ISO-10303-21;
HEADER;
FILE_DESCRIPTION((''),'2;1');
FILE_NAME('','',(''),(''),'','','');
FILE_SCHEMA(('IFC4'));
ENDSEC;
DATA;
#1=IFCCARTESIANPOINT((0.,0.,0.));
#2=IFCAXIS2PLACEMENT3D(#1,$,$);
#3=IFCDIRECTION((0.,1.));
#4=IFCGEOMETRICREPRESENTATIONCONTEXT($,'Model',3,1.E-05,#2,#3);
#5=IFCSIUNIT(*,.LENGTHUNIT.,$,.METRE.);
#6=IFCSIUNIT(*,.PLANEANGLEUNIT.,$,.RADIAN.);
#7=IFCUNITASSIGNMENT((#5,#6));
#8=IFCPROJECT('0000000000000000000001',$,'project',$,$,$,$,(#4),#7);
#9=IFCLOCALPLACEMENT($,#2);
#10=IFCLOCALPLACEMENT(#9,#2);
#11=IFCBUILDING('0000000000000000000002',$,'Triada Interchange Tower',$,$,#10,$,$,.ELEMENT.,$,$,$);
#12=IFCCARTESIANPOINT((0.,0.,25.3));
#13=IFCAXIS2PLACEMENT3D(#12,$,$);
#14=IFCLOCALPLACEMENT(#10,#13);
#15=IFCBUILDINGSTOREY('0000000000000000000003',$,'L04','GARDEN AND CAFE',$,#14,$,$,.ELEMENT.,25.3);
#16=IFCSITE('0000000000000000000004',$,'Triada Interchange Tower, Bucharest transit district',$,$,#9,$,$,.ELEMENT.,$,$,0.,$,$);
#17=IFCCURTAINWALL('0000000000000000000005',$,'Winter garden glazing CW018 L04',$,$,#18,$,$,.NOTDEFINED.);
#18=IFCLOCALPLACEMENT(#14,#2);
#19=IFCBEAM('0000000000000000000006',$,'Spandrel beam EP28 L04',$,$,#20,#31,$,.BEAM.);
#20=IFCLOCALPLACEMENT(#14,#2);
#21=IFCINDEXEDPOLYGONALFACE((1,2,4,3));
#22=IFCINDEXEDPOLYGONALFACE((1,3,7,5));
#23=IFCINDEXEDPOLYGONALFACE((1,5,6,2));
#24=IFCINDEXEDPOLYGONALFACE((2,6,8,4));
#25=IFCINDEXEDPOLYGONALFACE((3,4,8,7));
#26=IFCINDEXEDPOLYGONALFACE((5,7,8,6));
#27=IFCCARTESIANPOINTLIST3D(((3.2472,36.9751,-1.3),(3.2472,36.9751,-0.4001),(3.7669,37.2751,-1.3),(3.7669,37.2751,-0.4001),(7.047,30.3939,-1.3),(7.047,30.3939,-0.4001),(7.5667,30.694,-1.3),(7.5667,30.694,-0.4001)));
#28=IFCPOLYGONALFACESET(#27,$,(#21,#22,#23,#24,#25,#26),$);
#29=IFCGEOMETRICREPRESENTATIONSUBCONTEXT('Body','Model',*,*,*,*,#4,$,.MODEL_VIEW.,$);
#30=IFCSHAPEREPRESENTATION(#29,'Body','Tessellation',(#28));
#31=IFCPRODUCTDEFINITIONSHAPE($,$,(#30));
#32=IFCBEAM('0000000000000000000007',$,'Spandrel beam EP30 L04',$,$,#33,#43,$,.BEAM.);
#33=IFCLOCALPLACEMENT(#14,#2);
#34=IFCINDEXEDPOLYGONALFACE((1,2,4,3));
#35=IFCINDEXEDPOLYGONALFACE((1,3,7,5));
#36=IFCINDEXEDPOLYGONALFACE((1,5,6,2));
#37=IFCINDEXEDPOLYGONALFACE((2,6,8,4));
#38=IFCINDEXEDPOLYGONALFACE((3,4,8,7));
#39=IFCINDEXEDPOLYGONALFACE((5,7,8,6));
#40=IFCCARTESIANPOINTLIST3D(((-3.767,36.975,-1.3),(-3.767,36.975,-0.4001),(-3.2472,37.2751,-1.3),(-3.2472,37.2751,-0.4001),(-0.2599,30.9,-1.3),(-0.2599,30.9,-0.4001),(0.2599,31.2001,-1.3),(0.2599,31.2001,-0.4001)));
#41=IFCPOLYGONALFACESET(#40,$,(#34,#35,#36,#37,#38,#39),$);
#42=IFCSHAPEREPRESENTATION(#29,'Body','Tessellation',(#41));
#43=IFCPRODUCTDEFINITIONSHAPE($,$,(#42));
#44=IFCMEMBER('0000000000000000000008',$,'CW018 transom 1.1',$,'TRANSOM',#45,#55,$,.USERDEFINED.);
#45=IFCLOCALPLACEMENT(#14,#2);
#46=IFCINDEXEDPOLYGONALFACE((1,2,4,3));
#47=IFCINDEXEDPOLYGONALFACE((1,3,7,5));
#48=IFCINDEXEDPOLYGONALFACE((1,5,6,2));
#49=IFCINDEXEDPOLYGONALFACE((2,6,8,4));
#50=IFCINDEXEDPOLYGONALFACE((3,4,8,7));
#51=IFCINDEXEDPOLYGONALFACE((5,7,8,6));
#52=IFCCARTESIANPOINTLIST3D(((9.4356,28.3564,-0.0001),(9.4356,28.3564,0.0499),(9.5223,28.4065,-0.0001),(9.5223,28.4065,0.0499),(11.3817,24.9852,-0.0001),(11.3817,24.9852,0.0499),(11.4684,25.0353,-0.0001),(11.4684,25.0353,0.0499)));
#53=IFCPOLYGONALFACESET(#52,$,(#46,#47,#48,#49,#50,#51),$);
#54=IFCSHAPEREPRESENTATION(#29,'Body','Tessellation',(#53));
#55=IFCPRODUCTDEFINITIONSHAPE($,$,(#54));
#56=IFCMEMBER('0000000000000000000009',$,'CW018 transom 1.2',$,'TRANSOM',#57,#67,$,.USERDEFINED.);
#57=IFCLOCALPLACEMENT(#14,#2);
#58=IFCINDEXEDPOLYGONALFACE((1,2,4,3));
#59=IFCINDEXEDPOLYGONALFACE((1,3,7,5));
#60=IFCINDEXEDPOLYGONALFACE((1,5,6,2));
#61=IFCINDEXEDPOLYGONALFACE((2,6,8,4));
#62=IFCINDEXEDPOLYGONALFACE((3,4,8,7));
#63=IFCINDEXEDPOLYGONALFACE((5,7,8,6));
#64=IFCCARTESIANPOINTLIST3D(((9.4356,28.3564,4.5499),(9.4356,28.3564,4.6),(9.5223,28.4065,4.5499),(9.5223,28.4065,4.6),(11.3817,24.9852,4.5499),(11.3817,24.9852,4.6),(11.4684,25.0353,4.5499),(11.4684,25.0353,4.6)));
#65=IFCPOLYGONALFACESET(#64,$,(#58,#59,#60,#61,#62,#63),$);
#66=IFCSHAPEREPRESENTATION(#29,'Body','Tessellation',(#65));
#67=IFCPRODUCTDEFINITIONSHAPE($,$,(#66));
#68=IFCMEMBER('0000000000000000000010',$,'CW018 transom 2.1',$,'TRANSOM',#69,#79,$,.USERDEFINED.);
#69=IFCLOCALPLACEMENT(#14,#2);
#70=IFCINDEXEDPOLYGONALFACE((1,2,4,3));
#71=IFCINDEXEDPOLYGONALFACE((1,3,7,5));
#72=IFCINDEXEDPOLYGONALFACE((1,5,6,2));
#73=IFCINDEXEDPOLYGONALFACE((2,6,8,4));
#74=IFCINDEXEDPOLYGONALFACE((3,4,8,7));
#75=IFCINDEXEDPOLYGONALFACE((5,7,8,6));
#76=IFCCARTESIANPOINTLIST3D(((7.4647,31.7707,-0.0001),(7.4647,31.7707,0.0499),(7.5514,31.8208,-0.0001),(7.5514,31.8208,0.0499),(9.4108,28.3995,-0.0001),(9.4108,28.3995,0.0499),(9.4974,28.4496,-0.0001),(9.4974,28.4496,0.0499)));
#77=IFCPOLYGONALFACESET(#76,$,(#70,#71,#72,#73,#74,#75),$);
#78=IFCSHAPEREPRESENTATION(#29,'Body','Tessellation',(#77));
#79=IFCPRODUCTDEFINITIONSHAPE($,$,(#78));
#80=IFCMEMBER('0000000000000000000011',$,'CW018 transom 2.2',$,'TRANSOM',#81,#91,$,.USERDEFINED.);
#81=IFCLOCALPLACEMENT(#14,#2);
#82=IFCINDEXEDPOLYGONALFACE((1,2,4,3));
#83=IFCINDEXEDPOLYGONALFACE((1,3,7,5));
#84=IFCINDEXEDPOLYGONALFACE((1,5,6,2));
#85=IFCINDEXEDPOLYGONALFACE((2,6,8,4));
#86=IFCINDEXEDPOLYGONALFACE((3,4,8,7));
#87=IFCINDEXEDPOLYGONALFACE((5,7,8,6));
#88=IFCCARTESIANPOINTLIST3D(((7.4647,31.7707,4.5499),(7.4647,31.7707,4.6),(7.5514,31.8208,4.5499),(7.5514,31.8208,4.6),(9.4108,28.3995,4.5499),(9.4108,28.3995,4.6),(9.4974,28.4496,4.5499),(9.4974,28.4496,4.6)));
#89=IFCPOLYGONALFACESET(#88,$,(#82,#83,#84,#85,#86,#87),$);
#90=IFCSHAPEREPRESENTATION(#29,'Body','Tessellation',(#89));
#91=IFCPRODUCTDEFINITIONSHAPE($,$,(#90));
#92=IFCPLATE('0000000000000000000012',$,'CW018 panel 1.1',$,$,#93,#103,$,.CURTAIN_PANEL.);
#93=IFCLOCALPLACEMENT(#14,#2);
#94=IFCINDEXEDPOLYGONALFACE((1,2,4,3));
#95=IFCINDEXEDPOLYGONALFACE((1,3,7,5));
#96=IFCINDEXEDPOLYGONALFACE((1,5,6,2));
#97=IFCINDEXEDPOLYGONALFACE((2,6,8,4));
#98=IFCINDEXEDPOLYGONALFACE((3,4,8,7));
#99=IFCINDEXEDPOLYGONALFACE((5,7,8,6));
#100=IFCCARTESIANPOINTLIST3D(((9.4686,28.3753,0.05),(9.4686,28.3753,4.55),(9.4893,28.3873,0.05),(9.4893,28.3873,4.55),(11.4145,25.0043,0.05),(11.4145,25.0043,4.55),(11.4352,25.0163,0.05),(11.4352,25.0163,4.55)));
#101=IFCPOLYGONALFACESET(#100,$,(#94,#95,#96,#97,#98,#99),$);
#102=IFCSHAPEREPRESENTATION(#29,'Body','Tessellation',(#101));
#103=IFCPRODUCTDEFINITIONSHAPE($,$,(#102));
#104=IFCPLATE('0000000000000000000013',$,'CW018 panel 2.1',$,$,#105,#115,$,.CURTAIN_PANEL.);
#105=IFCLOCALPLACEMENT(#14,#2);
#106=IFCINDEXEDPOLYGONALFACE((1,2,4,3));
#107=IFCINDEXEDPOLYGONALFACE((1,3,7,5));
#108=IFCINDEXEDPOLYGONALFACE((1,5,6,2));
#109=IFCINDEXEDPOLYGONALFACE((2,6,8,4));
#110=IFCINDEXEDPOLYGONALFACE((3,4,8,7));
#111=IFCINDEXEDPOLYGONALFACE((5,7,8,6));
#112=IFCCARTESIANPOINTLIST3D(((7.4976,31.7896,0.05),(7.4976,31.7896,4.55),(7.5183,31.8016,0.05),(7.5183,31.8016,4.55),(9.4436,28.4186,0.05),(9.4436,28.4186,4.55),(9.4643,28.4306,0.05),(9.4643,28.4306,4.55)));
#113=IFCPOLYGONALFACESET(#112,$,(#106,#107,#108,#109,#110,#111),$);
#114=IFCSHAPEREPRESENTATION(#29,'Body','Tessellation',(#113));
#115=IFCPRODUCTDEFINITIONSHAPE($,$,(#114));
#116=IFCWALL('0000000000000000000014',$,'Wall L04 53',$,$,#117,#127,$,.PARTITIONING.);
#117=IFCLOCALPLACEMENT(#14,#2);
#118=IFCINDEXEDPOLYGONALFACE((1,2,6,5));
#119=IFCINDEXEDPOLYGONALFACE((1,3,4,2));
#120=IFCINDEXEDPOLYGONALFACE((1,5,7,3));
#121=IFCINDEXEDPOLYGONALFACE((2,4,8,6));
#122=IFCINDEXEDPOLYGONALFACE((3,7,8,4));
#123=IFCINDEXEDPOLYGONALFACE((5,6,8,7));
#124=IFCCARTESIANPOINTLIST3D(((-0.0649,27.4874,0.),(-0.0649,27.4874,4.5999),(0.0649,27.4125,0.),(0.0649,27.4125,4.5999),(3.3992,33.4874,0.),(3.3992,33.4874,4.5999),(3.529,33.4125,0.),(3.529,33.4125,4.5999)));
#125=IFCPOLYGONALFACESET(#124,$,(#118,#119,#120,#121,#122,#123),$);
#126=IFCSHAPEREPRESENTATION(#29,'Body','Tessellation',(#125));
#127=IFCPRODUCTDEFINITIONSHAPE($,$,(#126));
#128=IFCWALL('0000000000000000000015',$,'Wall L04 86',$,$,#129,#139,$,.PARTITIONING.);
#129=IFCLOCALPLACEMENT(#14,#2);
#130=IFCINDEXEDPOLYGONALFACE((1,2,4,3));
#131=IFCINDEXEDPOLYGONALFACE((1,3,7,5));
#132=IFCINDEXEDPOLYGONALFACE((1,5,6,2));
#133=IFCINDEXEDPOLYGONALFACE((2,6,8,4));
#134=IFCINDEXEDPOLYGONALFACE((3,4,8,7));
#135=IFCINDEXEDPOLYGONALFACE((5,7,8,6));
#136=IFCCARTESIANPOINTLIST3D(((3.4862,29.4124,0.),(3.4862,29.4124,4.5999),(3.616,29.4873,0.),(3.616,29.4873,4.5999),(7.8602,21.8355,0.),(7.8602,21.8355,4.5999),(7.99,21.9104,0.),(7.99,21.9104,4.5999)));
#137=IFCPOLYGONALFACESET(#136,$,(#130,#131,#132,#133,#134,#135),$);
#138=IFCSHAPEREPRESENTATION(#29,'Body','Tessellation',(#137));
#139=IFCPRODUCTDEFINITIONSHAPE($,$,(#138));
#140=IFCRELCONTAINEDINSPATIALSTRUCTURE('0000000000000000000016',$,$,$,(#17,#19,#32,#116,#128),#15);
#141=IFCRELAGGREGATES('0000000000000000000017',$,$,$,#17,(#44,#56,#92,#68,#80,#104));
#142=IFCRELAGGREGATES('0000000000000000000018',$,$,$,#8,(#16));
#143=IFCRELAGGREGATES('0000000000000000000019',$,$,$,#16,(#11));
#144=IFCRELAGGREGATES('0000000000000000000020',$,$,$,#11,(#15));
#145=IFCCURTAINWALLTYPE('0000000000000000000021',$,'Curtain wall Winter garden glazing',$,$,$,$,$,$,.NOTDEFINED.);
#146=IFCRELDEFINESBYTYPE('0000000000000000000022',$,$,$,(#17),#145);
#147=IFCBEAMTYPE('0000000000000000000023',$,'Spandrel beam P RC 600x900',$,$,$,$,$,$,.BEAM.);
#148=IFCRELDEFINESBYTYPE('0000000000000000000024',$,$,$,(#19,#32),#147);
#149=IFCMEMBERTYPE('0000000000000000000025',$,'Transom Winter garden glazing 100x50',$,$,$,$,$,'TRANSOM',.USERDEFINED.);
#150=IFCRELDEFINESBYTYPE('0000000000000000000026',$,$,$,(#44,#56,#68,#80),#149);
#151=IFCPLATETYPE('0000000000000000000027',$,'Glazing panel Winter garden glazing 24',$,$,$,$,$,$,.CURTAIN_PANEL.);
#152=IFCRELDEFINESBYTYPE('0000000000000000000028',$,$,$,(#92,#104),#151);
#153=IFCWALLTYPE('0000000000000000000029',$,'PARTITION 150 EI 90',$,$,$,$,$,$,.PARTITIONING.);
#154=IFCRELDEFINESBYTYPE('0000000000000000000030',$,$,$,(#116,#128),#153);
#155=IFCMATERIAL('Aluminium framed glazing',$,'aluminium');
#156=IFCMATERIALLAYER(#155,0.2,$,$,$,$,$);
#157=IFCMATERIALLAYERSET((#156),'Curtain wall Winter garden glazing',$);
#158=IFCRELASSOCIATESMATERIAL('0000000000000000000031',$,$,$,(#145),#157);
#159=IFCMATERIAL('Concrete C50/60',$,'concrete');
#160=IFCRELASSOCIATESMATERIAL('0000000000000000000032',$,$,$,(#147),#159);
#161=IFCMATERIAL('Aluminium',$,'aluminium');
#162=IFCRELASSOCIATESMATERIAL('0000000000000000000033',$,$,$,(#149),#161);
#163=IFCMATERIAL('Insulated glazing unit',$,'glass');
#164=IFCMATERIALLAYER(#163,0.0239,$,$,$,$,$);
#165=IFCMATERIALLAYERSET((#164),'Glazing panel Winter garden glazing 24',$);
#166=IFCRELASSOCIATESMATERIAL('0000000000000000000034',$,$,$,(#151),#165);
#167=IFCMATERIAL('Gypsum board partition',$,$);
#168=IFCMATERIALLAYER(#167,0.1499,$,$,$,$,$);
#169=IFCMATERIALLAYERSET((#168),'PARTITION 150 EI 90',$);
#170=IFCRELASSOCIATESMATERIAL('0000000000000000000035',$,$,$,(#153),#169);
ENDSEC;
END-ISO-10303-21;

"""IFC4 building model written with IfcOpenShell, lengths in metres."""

from ifc_helpers import new_model, si_unit, direction, frame, frame_2d, origin, origin_2d, place, context, subcontext, project, spatial, rectangle, extrude, material, layer, layer_set, material_profile, profile_set, type_object, element, aggregate, save


model = new_model("IFC4")

# Units and contexts
model_context = context("Model", 3, precision=1e-05, world=origin(), true_north=direction((0.0, 1.0)))
body_context = subcontext(model_context, "Body", "Model", "MODEL_VIEW")
ifc_project = project(units=[si_unit("LENGTHUNIT", "METRE"), si_unit("PLANEANGLEUNIT", "RADIAN")], contexts=[model_context])

# Site, building, storey
site_placement = place(None, origin())
site = spatial("IfcSite", under=ifc_project, at=site_placement, Name="Triada Interchange Tower, Bucharest transit district", CompositionType="ELEMENT", RefElevation=0.0)
building_placement = place(site_placement, origin())
building = spatial("IfcBuilding", under=site, at=building_placement, Name="Triada Interchange Tower", CompositionType="ELEMENT")
storey_placement = place(building_placement, frame((0.0, 0.0, 25.3)))
storey = spatial("IfcBuildingStorey", under=building, at=storey_placement, Name="L04", Description="GARDEN AND CAFE", CompositionType="ELEMENT", Elevation=25.3)

# Shared definitions
ifc_material_1 = material(Name="Aluminium framed glazing", Category="aluminium")
ifc_layer_1 = layer(ifc_material_1, 0.2)
ifc_layer_set_1 = layer_set([ifc_layer_1], Name="Curtain wall Winter garden glazing")
curtain_wall_type = type_object("IfcCurtainWallType", Name="Curtain wall Winter garden glazing", PredefinedType="NOTDEFINED", material=ifc_layer_set_1)
ifc_material_2 = material(Name="Aluminium", Category="aluminium")

# Curtain wall
curtain_wall_1_placement = place(storey_placement, origin())
curtain_wall_1 = element("IfcCurtainWall", 1, at=curtain_wall_1_placement, inside=storey, type_object=curtain_wall_type, Name="Winter garden glazing CW018 L04", PredefinedType="NOTDEFINED")

# Beams
ifc_material_3 = material(Name="Concrete C50/60", Category="concrete")
ifc_material_profile_1 = material_profile(ifc_material_3, rectangle(XDim=0.6001, YDim=0.8999, at=origin_2d()), Name="RC 600x900")
ifc_profile_set_1 = profile_set([ifc_material_profile_1], Name="Concrete C50/60")
beam_type_1 = type_object("IfcBeamType", Name="Spandrel beam P RC 600x900", PredefinedType="BEAM", material=ifc_profile_set_1)
beam_1_placement = place(storey_placement, frame((7.3069, 30.5439, -0.8501), z_axis=(-0.500023, 0.866012, 0.0), x_axis=(-0.866012, -0.500023, 0.0)))
element("IfcBeam", 2, at=beam_1_placement, inside=storey, type_object=beam_type_1, Name="Spandrel beam EP28 L04", PredefinedType="BEAM", context=body_context, shape_type="SweptSolid", body=[
    extrude(rectangle(XDim=0.6001, YDim=0.8999, at=origin_2d()), origin(), (0.0, 0.0, 1.0), 7.5994),
])
beam_2_placement = place(storey_placement, frame((0.0, 31.05, -0.8501), z_axis=(-0.499968, 0.866044, 0.0), x_axis=(-0.866044, -0.499968, 0.0)))
element("IfcBeam", 3, at=beam_2_placement, inside=storey, type_object=beam_type_1, Name="Spandrel beam EP30 L04", PredefinedType="BEAM", context=body_context, shape_type="SweptSolid", body=[
    extrude(rectangle(XDim=0.6001, YDim=0.8999, at=origin_2d()), origin(), (0.0, 0.0, 1.0), 7.0146),
])

# Members
ifc_material_profile_2 = material_profile(ifc_material_2, rectangle(XDim=0.1001, YDim=0.05, at=origin_2d()), Name="Aluminium transom")
ifc_profile_set_2 = profile_set([ifc_material_profile_2], Name="Aluminium")
member_type_1 = type_object("IfcMemberType", Name="Transom Winter garden glazing 100x50", ElementType="TRANSOM", PredefinedType="USERDEFINED", material=ifc_profile_set_2)
member_1_placement = place(storey_placement, frame((11.425, 25.0103, 0.0249), z_axis=(-0.49995, 0.866054, 0.0), x_axis=(-0.866054, -0.49995, 0.0)))
member_1 = element("IfcMember", 4, at=member_1_placement, type_object=member_type_1, Name="CW018 transom 1.1", ObjectType="TRANSOM", PredefinedType="USERDEFINED", context=body_context, shape_type="SweptSolid", body=[
    extrude(rectangle(XDim=0.1001, YDim=0.05, at=origin_2d()), origin(), (0.0, 0.0, 1.0), 3.8926),
])
member_2_placement = place(storey_placement, frame((11.425, 25.0103, 4.575), z_axis=(-0.49995, 0.866054, 0.0), x_axis=(-0.866054, -0.49995, 0.0)))
member_2 = element("IfcMember", 5, at=member_2_placement, type_object=member_type_1, Name="CW018 transom 1.2", ObjectType="TRANSOM", PredefinedType="USERDEFINED", context=body_context, shape_type="SweptSolid", body=[
    extrude(rectangle(XDim=0.1001, YDim=0.05, at=origin_2d()), origin(), (0.0, 0.0, 1.0), 3.8926),
])
member_3_placement = place(storey_placement, frame((9.4541, 28.4246, 0.0249), z_axis=(-0.49995, 0.866054, 0.0), x_axis=(-0.866054, -0.49995, 0.0)))
member_3 = element("IfcMember", 6, at=member_3_placement, type_object=member_type_1, Name="CW018 transom 2.1", ObjectType="TRANSOM", PredefinedType="USERDEFINED", context=body_context, shape_type="SweptSolid", body=[
    extrude(rectangle(XDim=0.1001, YDim=0.05, at=origin_2d()), origin(), (0.0, 0.0, 1.0), 3.8926),
])
member_4_placement = place(storey_placement, frame((9.4541, 28.4246, 4.575), z_axis=(-0.49995, 0.866054, 0.0), x_axis=(-0.866054, -0.49995, 0.0)))
member_4 = element("IfcMember", 7, at=member_4_placement, type_object=member_type_1, Name="CW018 transom 2.2", ObjectType="TRANSOM", PredefinedType="USERDEFINED", context=body_context, shape_type="SweptSolid", body=[
    extrude(rectangle(XDim=0.1001, YDim=0.05, at=origin_2d()), origin(), (0.0, 0.0, 1.0), 3.8926),
])

# Plates
ifc_material_4 = material(Name="Insulated glazing unit", Category="glass")
ifc_layer_2 = layer(ifc_material_4, 0.0239)
ifc_layer_set_2 = layer_set([ifc_layer_2], Name="Glazing panel Winter garden glazing 24")
plate_type = type_object("IfcPlateType", Name="Glazing panel Winter garden glazing 24", PredefinedType="CURTAIN_PANEL", material=ifc_layer_set_2)
plate_1_placement = place(storey_placement, frame((10.4519, 26.6958, 0.05), z_axis=(0.0, 0.0, 1.0), x_axis=(-0.499948, 0.866055, 0.0)))
plate_1 = element("IfcPlate", 8, at=plate_1_placement, type_object=plate_type, Name="CW018 panel 1.1", PredefinedType="CURTAIN_PANEL", context=body_context, shape_type="SweptSolid", body=[
    extrude(rectangle(XDim=3.8923, YDim=0.0239, at=origin_2d()), origin(), (0.0, 0.0, 1.0), 4.5),
])
plate_2_placement = place(storey_placement, frame((8.481, 30.1101, 0.05), z_axis=(0.0, 0.0, 1.0), x_axis=(-0.499948, 0.866055, 0.0)))
plate_2 = element("IfcPlate", 9, at=plate_2_placement, type_object=plate_type, Name="CW018 panel 2.1", PredefinedType="CURTAIN_PANEL", context=body_context, shape_type="SweptSolid", body=[
    extrude(rectangle(XDim=3.8923, YDim=0.0239, at=origin_2d()), origin(), (0.0, 0.0, 1.0), 4.5),
])
aggregate(curtain_wall_1, [member_1, member_2, plate_1, member_3, member_4, plate_2])

# Walls
ifc_material_5 = material(Name="Gypsum board partition")
ifc_layer_3 = layer(ifc_material_5, 0.1499)
ifc_layer_set_3 = layer_set([ifc_layer_3], Name="PARTITION 150 EI 90")
wall_type = type_object("IfcWallType", Name="PARTITION 150 EI 90", PredefinedType="PARTITIONING", material=ifc_layer_set_3)
wall_1_placement = place(storey_placement, frame((0.0, 27.45, 0.0), z_axis=(0.0, 0.0, 1.0), x_axis=(0.500001, 0.866025, 0.0)))
element("IfcWall", 10, at=wall_1_placement, inside=storey, type_object=wall_type, Name="Wall L04 53", PredefinedType="PARTITIONING", context=body_context, shape_type="SweptSolid", body=[
    extrude(rectangle(XDim=6.9282, YDim=0.1499, at=frame_2d((3.4641, 0.0))), origin(), (0.0, 0.0, 1.0), 4.5999),
])
wall_2_placement = place(storey_placement, frame((3.551, 29.45, 0.0), z_axis=(0.0, 0.0, 1.0), x_axis=(0.499957, -0.86605, 0.0)))
element("IfcWall", 11, at=wall_2_placement, inside=storey, type_object=wall_type, Name="Wall L04 86", PredefinedType="PARTITIONING", context=body_context, shape_type="SweptSolid", body=[
    extrude(rectangle(XDim=8.7488, YDim=0.1499, at=frame_2d((4.3745, 0.0))), origin(), (0.0, 0.0, 1.0), 4.5999),
])

save(model, "model.ifc")
